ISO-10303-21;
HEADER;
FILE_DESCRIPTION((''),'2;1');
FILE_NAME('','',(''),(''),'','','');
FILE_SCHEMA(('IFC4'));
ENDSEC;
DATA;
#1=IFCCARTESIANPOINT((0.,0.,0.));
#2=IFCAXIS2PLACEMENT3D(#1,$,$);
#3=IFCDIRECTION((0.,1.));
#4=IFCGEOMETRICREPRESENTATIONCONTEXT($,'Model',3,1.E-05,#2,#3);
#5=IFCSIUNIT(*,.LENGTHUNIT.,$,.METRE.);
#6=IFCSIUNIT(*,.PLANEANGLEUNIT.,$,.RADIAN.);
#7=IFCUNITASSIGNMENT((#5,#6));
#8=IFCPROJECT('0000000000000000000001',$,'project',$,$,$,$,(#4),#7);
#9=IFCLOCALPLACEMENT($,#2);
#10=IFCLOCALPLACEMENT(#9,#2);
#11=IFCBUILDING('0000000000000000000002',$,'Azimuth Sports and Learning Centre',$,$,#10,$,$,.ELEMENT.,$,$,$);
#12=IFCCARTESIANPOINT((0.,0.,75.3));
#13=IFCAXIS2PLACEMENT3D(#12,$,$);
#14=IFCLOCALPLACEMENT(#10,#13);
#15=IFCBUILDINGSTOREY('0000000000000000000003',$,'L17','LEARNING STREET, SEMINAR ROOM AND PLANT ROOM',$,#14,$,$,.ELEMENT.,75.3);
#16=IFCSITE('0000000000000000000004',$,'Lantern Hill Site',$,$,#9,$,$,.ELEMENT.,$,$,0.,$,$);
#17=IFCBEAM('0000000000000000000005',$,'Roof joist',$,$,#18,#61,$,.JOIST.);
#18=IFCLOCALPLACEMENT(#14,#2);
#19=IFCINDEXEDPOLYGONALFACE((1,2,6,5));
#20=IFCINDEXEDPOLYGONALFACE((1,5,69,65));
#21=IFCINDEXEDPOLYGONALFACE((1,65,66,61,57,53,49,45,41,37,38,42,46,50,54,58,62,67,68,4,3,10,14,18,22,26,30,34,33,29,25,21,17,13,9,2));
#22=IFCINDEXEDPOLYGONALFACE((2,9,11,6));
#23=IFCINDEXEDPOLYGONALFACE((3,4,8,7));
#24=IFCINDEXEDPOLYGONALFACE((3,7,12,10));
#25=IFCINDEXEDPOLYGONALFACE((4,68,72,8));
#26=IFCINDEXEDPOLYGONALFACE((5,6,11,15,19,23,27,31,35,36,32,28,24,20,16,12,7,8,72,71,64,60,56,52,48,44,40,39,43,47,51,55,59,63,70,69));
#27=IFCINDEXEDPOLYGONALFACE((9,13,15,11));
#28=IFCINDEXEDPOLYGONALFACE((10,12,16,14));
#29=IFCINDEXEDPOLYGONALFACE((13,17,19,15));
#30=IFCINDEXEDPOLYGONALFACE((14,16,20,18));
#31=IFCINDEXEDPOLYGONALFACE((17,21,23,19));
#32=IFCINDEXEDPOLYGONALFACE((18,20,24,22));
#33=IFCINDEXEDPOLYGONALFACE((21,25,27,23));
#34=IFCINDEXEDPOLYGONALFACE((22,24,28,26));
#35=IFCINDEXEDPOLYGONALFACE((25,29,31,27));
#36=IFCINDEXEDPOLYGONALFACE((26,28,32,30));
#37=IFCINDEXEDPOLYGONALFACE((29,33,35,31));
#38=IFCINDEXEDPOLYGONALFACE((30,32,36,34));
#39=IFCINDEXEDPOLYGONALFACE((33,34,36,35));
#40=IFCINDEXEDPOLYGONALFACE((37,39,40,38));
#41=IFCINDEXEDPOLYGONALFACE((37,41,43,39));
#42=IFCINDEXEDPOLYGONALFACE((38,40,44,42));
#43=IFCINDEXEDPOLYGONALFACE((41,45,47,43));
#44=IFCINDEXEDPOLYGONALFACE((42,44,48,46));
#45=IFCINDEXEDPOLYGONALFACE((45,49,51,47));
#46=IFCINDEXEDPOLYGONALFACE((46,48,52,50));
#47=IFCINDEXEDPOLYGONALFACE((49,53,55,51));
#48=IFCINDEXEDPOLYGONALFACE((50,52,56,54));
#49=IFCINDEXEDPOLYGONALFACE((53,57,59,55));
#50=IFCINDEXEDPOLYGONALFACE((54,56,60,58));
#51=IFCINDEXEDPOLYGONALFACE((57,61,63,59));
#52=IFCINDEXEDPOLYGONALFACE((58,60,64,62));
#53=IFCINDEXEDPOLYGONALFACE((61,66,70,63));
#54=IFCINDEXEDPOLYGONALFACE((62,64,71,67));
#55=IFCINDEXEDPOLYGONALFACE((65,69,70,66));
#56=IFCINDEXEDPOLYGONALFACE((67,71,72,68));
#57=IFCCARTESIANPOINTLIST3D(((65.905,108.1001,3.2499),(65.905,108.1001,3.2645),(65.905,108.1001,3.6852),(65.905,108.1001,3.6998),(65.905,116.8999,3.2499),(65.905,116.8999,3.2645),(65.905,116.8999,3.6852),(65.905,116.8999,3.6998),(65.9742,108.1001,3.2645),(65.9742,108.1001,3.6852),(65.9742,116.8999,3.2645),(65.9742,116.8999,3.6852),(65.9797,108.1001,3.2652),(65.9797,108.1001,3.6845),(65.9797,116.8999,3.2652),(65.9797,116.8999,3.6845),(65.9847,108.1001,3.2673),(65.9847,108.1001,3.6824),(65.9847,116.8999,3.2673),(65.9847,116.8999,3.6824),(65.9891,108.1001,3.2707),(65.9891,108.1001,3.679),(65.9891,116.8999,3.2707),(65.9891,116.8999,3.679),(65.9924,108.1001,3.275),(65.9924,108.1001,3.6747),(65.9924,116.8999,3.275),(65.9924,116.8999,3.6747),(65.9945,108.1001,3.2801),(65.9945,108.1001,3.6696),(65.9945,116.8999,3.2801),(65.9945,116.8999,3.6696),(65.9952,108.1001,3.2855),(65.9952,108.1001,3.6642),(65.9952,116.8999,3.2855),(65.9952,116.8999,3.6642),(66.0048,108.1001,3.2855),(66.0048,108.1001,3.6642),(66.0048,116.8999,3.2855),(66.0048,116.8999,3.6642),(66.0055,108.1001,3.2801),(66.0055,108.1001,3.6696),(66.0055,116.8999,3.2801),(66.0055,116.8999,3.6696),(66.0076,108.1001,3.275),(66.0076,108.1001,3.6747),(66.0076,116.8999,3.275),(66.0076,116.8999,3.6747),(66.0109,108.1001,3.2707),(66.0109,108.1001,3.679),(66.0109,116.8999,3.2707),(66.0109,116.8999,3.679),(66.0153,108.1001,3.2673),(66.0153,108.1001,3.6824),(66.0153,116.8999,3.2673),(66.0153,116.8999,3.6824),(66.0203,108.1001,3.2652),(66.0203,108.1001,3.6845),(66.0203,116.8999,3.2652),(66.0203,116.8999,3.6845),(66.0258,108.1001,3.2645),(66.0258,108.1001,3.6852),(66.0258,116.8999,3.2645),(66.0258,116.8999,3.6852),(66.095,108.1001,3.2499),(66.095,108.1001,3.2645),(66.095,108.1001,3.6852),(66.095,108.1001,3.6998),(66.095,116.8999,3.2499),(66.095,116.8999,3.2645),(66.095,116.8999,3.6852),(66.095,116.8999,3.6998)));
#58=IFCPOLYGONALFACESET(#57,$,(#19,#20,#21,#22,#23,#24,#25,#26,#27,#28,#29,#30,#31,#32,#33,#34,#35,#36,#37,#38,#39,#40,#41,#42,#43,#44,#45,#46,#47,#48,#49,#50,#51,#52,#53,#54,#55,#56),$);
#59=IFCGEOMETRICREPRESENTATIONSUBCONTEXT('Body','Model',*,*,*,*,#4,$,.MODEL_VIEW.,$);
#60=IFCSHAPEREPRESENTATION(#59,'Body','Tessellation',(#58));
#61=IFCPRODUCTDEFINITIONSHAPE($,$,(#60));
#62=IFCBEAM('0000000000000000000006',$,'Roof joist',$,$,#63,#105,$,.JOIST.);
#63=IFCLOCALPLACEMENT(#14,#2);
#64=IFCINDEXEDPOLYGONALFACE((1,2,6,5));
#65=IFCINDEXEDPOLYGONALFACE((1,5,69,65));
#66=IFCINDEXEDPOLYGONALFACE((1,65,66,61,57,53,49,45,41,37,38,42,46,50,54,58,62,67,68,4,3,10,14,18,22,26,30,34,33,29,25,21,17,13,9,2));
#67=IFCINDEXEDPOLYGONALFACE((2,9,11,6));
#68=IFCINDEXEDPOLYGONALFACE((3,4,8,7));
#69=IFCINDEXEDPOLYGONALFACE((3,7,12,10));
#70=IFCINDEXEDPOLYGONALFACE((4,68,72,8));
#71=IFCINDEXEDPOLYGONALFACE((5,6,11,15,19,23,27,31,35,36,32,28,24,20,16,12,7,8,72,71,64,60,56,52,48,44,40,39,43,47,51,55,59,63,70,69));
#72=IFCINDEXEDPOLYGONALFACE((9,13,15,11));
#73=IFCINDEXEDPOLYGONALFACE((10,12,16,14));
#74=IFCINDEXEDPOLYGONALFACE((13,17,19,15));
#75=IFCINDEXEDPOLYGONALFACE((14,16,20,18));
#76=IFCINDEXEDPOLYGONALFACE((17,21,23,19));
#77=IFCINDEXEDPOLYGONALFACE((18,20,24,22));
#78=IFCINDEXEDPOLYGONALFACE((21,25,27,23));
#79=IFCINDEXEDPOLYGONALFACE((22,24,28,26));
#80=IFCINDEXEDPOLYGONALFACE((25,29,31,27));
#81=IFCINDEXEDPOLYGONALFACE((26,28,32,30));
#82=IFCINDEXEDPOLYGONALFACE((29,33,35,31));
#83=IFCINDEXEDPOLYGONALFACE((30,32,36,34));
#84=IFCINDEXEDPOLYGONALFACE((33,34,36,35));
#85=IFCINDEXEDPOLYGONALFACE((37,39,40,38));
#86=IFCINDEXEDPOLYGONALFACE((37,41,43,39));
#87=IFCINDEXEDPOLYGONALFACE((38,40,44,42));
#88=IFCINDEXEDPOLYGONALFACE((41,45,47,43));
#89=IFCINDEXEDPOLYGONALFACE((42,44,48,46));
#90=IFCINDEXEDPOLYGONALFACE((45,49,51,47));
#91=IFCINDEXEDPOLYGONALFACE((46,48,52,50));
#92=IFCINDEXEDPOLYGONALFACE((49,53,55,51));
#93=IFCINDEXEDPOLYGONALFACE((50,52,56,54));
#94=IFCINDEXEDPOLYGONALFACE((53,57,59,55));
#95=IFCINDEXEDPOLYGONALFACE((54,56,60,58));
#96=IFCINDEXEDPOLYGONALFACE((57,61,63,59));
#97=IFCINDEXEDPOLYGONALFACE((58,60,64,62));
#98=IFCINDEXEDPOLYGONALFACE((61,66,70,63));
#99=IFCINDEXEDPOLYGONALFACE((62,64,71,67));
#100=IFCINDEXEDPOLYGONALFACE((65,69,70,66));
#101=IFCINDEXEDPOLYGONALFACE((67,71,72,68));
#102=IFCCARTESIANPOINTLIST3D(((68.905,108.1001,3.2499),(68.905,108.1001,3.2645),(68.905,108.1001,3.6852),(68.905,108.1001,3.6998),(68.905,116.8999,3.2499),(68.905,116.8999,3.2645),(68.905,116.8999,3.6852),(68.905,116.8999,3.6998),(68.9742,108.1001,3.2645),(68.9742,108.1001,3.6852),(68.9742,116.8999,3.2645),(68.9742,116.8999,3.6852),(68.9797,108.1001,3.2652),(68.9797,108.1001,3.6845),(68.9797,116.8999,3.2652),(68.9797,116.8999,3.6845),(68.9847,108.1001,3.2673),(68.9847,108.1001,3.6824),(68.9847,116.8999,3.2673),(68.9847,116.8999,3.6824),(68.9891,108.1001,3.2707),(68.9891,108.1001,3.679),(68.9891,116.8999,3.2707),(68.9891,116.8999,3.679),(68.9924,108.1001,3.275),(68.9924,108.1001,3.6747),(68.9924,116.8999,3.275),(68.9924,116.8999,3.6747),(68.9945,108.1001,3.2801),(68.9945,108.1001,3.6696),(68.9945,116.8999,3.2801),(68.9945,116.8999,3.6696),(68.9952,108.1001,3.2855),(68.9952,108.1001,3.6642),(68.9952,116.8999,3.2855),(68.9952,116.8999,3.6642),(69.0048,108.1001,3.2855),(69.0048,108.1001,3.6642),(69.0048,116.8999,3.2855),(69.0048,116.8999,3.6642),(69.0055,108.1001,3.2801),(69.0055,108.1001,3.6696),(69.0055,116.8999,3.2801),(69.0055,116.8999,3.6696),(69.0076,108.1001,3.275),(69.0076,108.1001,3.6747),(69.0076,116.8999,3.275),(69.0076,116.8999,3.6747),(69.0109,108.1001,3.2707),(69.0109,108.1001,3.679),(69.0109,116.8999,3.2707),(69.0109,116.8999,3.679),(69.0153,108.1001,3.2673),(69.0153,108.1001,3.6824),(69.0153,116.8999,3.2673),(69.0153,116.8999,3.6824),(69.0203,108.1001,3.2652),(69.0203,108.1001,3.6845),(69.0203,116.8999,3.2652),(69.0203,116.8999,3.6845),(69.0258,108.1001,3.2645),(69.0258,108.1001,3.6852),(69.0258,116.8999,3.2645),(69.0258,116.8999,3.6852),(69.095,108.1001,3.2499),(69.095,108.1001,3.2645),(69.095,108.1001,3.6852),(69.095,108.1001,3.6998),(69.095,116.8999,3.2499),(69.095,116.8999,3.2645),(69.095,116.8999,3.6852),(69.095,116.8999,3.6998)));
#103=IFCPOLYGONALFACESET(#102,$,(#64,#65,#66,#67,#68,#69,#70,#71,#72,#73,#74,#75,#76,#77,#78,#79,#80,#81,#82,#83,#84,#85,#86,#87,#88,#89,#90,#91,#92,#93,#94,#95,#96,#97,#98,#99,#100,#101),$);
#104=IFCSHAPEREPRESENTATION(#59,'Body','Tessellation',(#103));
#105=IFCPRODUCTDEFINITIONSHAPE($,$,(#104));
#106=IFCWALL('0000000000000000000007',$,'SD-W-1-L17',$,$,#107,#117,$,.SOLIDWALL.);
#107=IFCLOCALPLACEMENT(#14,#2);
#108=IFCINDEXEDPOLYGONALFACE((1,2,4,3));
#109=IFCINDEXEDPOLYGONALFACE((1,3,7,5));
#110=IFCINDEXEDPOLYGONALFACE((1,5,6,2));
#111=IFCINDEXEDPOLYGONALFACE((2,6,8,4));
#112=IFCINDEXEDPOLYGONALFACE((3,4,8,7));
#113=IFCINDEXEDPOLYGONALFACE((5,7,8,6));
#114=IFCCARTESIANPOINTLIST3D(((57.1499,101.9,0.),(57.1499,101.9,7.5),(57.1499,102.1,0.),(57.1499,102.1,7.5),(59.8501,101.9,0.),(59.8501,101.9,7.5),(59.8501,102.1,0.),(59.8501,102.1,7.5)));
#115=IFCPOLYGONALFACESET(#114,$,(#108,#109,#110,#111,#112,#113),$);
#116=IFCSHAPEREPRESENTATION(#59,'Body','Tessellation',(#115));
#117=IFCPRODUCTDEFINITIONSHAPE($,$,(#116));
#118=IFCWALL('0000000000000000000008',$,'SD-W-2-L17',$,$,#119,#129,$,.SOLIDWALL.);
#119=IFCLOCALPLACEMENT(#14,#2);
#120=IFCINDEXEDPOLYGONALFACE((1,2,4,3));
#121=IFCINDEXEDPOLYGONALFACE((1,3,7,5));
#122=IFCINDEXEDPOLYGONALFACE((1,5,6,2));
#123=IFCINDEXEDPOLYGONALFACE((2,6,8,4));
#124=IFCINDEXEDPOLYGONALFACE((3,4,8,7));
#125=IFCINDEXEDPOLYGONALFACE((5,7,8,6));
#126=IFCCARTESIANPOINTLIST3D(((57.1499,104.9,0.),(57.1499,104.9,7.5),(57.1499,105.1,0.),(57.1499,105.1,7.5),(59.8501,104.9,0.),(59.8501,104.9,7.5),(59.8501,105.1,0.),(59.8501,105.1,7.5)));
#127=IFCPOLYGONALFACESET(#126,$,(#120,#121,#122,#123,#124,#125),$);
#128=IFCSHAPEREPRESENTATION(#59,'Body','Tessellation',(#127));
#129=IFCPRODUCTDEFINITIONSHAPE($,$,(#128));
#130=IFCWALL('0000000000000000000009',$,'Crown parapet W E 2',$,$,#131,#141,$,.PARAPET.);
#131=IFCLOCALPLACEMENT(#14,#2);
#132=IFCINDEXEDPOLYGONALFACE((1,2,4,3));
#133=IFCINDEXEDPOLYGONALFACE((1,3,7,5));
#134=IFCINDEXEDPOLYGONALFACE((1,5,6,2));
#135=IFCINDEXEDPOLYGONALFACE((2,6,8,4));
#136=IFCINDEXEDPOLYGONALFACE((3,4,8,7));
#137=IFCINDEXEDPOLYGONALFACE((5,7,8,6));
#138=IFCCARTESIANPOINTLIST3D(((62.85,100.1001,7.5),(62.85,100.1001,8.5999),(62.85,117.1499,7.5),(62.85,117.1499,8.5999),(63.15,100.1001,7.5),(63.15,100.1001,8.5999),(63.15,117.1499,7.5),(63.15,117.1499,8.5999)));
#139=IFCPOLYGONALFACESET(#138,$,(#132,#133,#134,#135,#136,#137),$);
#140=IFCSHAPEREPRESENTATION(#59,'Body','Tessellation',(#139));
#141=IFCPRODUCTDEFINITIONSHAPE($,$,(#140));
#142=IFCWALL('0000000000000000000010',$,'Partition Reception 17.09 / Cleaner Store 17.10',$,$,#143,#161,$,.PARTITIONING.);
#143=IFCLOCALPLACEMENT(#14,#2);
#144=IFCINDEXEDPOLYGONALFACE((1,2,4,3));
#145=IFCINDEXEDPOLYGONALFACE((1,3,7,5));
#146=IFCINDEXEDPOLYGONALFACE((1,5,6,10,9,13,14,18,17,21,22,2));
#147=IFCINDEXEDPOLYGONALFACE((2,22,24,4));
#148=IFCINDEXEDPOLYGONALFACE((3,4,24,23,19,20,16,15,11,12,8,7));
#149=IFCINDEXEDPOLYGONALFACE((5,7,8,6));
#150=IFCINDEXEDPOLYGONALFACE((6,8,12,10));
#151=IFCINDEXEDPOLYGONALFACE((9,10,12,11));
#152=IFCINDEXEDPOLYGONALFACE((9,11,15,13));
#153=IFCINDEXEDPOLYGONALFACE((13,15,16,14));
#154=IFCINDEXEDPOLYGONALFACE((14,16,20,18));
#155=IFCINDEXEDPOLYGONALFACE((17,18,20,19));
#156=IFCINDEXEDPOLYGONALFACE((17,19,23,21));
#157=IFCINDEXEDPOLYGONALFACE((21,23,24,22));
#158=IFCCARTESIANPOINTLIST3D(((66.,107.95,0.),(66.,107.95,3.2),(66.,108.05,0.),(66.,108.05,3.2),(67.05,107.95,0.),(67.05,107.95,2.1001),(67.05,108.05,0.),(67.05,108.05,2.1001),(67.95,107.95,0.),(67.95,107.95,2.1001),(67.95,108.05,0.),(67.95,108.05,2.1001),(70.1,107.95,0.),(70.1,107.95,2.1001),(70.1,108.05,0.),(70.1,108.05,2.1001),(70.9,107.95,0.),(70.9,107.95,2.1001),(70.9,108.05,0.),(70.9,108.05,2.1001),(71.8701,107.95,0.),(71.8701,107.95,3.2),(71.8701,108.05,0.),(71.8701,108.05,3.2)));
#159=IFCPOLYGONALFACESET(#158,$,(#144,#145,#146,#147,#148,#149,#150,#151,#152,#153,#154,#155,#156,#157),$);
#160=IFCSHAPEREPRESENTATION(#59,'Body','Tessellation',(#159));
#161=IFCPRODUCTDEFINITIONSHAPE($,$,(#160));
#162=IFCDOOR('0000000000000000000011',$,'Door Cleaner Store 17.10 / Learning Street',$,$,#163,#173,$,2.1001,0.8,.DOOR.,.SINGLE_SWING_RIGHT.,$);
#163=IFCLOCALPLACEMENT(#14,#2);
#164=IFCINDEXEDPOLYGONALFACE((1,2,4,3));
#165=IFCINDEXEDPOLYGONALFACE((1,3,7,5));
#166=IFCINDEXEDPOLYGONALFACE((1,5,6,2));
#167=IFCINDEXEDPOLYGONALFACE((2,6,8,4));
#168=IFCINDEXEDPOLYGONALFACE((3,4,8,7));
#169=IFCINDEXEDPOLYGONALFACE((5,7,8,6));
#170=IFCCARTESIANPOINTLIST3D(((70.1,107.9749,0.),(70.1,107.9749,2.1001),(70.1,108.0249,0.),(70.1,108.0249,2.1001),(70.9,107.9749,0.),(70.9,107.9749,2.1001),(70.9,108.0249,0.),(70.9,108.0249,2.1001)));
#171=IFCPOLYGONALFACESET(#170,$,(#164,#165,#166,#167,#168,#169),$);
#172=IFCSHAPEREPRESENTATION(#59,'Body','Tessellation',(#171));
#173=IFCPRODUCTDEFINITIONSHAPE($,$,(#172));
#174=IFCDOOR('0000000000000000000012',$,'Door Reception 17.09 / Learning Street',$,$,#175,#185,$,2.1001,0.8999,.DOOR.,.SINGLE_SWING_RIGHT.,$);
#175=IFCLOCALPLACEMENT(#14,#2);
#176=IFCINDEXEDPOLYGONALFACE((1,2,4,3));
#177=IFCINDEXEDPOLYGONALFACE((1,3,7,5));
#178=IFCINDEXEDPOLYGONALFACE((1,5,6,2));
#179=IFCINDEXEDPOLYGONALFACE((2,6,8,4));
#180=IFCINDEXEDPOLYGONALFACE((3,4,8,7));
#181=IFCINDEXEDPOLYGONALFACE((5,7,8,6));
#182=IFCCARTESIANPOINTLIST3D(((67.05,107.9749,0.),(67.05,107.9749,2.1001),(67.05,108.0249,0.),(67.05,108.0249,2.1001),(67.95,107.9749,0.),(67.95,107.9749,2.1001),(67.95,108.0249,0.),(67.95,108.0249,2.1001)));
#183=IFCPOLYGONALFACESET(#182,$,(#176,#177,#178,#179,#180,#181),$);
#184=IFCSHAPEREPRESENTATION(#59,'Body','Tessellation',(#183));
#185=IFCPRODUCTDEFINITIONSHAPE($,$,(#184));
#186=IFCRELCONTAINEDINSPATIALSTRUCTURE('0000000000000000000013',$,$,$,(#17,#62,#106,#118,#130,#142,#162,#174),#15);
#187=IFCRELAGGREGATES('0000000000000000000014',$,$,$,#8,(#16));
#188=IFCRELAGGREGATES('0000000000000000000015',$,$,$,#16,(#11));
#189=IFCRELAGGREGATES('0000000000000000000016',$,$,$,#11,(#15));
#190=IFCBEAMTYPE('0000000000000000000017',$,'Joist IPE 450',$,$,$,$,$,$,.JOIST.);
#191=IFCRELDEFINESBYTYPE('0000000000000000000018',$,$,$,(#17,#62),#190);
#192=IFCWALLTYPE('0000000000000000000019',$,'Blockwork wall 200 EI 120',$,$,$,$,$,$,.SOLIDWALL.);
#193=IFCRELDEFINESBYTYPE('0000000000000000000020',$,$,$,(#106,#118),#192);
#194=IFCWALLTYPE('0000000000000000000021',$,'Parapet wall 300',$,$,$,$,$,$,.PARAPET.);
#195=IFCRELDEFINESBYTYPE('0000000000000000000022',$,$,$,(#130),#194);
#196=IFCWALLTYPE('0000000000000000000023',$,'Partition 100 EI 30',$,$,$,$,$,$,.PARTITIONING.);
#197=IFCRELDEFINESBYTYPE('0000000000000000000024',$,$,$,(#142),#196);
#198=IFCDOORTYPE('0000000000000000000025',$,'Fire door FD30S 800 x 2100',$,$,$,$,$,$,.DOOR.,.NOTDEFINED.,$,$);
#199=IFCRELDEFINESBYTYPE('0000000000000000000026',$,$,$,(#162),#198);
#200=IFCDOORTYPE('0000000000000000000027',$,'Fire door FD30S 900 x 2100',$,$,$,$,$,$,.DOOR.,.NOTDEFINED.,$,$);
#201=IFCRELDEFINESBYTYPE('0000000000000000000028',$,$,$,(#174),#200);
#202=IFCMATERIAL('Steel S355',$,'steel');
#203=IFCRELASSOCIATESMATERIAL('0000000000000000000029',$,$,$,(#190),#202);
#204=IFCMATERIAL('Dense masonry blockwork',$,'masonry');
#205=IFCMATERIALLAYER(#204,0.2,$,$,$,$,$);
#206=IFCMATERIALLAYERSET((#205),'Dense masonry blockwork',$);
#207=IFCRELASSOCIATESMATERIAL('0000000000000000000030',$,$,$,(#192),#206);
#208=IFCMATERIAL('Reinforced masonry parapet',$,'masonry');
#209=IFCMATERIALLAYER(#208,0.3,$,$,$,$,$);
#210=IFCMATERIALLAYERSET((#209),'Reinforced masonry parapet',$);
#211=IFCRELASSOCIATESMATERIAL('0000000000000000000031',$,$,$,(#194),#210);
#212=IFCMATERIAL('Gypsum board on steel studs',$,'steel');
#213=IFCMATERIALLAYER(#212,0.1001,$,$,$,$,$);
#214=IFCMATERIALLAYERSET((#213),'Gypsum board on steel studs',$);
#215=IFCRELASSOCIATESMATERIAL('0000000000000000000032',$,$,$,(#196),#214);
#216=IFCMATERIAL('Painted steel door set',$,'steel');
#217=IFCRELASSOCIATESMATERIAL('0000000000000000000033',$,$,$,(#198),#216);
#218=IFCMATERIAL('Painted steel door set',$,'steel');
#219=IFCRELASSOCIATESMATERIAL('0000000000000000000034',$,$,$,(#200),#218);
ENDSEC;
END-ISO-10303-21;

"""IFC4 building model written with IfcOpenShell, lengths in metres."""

from ifc_helpers import new_model, si_unit, direction, frame, frame_2d, origin, origin_2d, place, context, subcontext, project, spatial, rectangle, i_section, extrude, material, layer, layer_set, material_profile, profile_set, type_object, element, fill, save


model = new_model("IFC4")

# Units and contexts
model_context = context("Model", 3, precision=1e-05, world=origin(), true_north=direction((0.0, 1.0)))
body_context = subcontext(model_context, "Body", "Model", "MODEL_VIEW")
ifc_project = project(units=[si_unit("LENGTHUNIT", "METRE"), si_unit("PLANEANGLEUNIT", "RADIAN")], contexts=[model_context])

# Site, building, storey
site_placement = place(None, origin())
site = spatial("IfcSite", under=ifc_project, at=site_placement, Name="Lantern Hill Site", CompositionType="ELEMENT", RefElevation=0.0)
building_placement = place(site_placement, origin())
building = spatial("IfcBuilding", under=site, at=building_placement, Name="Azimuth Sports and Learning Centre", CompositionType="ELEMENT")
storey_placement = place(building_placement, frame((0.0, 0.0, 75.3)))
storey = spatial("IfcBuildingStorey", under=building, at=storey_placement, Name="L17", Description="LEARNING STREET, SEMINAR ROOM AND PLANT ROOM", CompositionType="ELEMENT", Elevation=75.3)

# Beams
ifc_material_1 = material(Name="Steel S355", Category="steel")
ifc_material_profile_1 = material_profile(ifc_material_1, i_section(OverallWidth=0.1899, OverallDepth=0.45, WebThickness=0.0095, FlangeThickness=0.0146, FilletRadius=0.021, at=origin_2d()), Name="IPE 450")
ifc_profile_set_1 = profile_set([ifc_material_profile_1], Name="Steel S355")
beam_type_1 = type_object("IfcBeamType", Name="Joist IPE 450", PredefinedType="JOIST", material=ifc_profile_set_1)
for number, where, z_axis, x_axis, name in (
    (1, (66.0, 108.1001, 3.4749), (0.0, 1.0, 0.0), (-1.0, 0.0, 0.0), "Roof joist"),
    (2, (69.0, 108.1001, 3.4749), (0.0, 1.0, 0.0), (-1.0, 0.0, 0.0), "Roof joist"),
):
    element("IfcBeam", number, at=place(storey_placement, frame(where, z_axis=z_axis, x_axis=x_axis)), inside=storey, type_object=beam_type_1, Name=name, PredefinedType="JOIST", context=body_context, shape_type="SweptSolid", body=[
        extrude(i_section(OverallWidth=0.1899, OverallDepth=0.45, WebThickness=0.0095, FlangeThickness=0.0146, FilletRadius=0.021, at=origin_2d()), origin(), (0.0, 0.0, 1.0), 8.7998),
    ])

# Walls
ifc_material_2 = material(Name="Dense masonry blockwork", Category="masonry")
ifc_layer_1 = layer(ifc_material_2, 0.2)
ifc_layer_set_1 = layer_set([ifc_layer_1], Name="Dense masonry blockwork")
wall_type_1 = type_object("IfcWallType", Name="Blockwork wall 200 EI 120", PredefinedType="SOLIDWALL", material=ifc_layer_set_1)
for number, where, z_axis, x_axis, name in (
    (3, (57.1499, 102.0, 0.0), (0.0, 0.0, 1.0), (1.0, 0.0, 0.0), "SD-W-1-L17"),
    (4, (57.1499, 105.0, 0.0), (0.0, 0.0, 1.0), (1.0, 0.0, 0.0), "SD-W-2-L17"),
):
    element("IfcWall", number, at=place(storey_placement, frame(where, z_axis=z_axis, x_axis=x_axis)), inside=storey, type_object=wall_type_1, Name=name, PredefinedType="SOLIDWALL", context=body_context, shape_type="SweptSolid", body=[
        extrude(rectangle(XDim=2.7002, YDim=0.2, at=frame_2d((1.3501, 0.0))), origin(), (0.0, 0.0, 1.0), 7.5),
    ])
ifc_material_3 = material(Name="Reinforced masonry parapet", Category="masonry")
ifc_layer_2 = layer(ifc_material_3, 0.3)
ifc_layer_set_2 = layer_set([ifc_layer_2], Name="Reinforced masonry parapet")
wall_type_2 = type_object("IfcWallType", Name="Parapet wall 300", PredefinedType="PARAPET", material=ifc_layer_set_2)
wall_1_placement = place(storey_placement, frame((63.0, 100.1001, 7.5), z_axis=(0.0, 0.0, 1.0), x_axis=(0.0, 1.0, 0.0)))
element("IfcWall", 5, at=wall_1_placement, inside=storey, type_object=wall_type_2, Name="Crown parapet W E 2", PredefinedType="PARAPET", context=body_context, shape_type="SweptSolid", body=[
    extrude(rectangle(XDim=17.0498, YDim=0.3, at=frame_2d((8.5249, 0.0))), origin(), (0.0, 0.0, 1.0), 1.0999),
])

# Wall, openings, doors
ifc_material_4 = material(Name="Gypsum board on steel studs", Category="steel")
ifc_layer_3 = layer(ifc_material_4, 0.1001)
ifc_layer_set_3 = layer_set([ifc_layer_3], Name="Gypsum board on steel studs")
wall_type_3 = type_object("IfcWallType", Name="Partition 100 EI 30", PredefinedType="PARTITIONING", material=ifc_layer_set_3)
wall_2_placement = place(storey_placement, frame((66.0, 108.0, 0.0), z_axis=(0.0, 0.0, 1.0), x_axis=(1.0, 0.0, 0.0)))
wall_2 = element("IfcWall", 6, at=wall_2_placement, inside=storey, type_object=wall_type_3, Name="Partition Reception 17.09 / Cleaner Store 17.10", PredefinedType="PARTITIONING", context=body_context, shape_type="SweptSolid", body=[
    extrude(rectangle(XDim=5.8701, YDim=0.1001, at=frame_2d((2.9351, 0.0))), origin(), (0.0, 0.0, 1.0), 3.2),
])
opening_1_placement = place(wall_2_placement, frame((1.05, 0.0, 0.0)))
opening_1 = element("IfcOpeningElement", 7, at=opening_1_placement, cuts=wall_2, PredefinedType="OPENING", context=body_context, shape_type="SweptSolid", body=[
    extrude(rectangle(XDim=0.8999, YDim=2.1001, at=frame_2d((0.45, 1.05))), frame((0.0, 0.061, 0.0), z_axis=(0.0, -1.0, 0.0), x_axis=(1.0, 0.0, 0.0)), (0.0, 0.0, 1.0), 0.1221),
])
opening_2_placement = place(wall_2_placement, frame((4.1001, 0.0, 0.0)))
opening_2 = element("IfcOpeningElement", 8, at=opening_2_placement, cuts=wall_2, PredefinedType="OPENING", context=body_context, shape_type="SweptSolid", body=[
    extrude(rectangle(XDim=0.8, YDim=2.1001, at=frame_2d((0.3999, 1.05))), frame((0.0, 0.061, 0.0), z_axis=(0.0, -1.0, 0.0), x_axis=(1.0, 0.0, 0.0)), (0.0, 0.0, 1.0), 0.1221),
])
ifc_material_5 = material(Name="Painted steel door set", Category="steel")
door_type_1 = type_object("IfcDoorType", Name="Fire door FD30S 800 x 2100", OperationType="NOTDEFINED", PredefinedType="DOOR", material=ifc_material_5)
door_1_placement = place(opening_2_placement, origin())
door_1 = element("IfcDoor", 9, at=door_1_placement, inside=storey, type_object=door_type_1, Name="Door Cleaner Store 17.10 / Learning Street", OperationType="SINGLE_SWING_RIGHT", OverallHeight=2.1001, OverallWidth=0.8, PredefinedType="DOOR", context=body_context, shape_type="SweptSolid", body=[
    extrude(rectangle(XDim=0.8, YDim=2.1001, at=frame_2d((0.3999, 1.05))), frame((0.0, 0.0249, 0.0), z_axis=(0.0, -1.0, 0.0), x_axis=(1.0, 0.0, 0.0)), (0.0, 0.0, 1.0), 0.05),
])
fill(opening_2, door_1)
ifc_material_6 = material(Name="Painted steel door set", Category="steel")
door_type_2 = type_object("IfcDoorType", Name="Fire door FD30S 900 x 2100", OperationType="NOTDEFINED", PredefinedType="DOOR", material=ifc_material_6)
door_2_placement = place(opening_1_placement, origin())
door_2 = element("IfcDoor", 10, at=door_2_placement, inside=storey, type_object=door_type_2, Name="Door Reception 17.09 / Learning Street", OperationType="SINGLE_SWING_RIGHT", OverallHeight=2.1001, OverallWidth=0.8999, PredefinedType="DOOR", context=body_context, shape_type="SweptSolid", body=[
    extrude(rectangle(XDim=0.8999, YDim=2.1001, at=frame_2d((0.45, 1.05))), frame((0.0, 0.0249, 0.0), z_axis=(0.0, -1.0, 0.0), x_axis=(1.0, 0.0, 0.0)), (0.0, 0.0, 1.0), 0.05),
])
fill(opening_1, door_2)

save(model, "model.ifc")
